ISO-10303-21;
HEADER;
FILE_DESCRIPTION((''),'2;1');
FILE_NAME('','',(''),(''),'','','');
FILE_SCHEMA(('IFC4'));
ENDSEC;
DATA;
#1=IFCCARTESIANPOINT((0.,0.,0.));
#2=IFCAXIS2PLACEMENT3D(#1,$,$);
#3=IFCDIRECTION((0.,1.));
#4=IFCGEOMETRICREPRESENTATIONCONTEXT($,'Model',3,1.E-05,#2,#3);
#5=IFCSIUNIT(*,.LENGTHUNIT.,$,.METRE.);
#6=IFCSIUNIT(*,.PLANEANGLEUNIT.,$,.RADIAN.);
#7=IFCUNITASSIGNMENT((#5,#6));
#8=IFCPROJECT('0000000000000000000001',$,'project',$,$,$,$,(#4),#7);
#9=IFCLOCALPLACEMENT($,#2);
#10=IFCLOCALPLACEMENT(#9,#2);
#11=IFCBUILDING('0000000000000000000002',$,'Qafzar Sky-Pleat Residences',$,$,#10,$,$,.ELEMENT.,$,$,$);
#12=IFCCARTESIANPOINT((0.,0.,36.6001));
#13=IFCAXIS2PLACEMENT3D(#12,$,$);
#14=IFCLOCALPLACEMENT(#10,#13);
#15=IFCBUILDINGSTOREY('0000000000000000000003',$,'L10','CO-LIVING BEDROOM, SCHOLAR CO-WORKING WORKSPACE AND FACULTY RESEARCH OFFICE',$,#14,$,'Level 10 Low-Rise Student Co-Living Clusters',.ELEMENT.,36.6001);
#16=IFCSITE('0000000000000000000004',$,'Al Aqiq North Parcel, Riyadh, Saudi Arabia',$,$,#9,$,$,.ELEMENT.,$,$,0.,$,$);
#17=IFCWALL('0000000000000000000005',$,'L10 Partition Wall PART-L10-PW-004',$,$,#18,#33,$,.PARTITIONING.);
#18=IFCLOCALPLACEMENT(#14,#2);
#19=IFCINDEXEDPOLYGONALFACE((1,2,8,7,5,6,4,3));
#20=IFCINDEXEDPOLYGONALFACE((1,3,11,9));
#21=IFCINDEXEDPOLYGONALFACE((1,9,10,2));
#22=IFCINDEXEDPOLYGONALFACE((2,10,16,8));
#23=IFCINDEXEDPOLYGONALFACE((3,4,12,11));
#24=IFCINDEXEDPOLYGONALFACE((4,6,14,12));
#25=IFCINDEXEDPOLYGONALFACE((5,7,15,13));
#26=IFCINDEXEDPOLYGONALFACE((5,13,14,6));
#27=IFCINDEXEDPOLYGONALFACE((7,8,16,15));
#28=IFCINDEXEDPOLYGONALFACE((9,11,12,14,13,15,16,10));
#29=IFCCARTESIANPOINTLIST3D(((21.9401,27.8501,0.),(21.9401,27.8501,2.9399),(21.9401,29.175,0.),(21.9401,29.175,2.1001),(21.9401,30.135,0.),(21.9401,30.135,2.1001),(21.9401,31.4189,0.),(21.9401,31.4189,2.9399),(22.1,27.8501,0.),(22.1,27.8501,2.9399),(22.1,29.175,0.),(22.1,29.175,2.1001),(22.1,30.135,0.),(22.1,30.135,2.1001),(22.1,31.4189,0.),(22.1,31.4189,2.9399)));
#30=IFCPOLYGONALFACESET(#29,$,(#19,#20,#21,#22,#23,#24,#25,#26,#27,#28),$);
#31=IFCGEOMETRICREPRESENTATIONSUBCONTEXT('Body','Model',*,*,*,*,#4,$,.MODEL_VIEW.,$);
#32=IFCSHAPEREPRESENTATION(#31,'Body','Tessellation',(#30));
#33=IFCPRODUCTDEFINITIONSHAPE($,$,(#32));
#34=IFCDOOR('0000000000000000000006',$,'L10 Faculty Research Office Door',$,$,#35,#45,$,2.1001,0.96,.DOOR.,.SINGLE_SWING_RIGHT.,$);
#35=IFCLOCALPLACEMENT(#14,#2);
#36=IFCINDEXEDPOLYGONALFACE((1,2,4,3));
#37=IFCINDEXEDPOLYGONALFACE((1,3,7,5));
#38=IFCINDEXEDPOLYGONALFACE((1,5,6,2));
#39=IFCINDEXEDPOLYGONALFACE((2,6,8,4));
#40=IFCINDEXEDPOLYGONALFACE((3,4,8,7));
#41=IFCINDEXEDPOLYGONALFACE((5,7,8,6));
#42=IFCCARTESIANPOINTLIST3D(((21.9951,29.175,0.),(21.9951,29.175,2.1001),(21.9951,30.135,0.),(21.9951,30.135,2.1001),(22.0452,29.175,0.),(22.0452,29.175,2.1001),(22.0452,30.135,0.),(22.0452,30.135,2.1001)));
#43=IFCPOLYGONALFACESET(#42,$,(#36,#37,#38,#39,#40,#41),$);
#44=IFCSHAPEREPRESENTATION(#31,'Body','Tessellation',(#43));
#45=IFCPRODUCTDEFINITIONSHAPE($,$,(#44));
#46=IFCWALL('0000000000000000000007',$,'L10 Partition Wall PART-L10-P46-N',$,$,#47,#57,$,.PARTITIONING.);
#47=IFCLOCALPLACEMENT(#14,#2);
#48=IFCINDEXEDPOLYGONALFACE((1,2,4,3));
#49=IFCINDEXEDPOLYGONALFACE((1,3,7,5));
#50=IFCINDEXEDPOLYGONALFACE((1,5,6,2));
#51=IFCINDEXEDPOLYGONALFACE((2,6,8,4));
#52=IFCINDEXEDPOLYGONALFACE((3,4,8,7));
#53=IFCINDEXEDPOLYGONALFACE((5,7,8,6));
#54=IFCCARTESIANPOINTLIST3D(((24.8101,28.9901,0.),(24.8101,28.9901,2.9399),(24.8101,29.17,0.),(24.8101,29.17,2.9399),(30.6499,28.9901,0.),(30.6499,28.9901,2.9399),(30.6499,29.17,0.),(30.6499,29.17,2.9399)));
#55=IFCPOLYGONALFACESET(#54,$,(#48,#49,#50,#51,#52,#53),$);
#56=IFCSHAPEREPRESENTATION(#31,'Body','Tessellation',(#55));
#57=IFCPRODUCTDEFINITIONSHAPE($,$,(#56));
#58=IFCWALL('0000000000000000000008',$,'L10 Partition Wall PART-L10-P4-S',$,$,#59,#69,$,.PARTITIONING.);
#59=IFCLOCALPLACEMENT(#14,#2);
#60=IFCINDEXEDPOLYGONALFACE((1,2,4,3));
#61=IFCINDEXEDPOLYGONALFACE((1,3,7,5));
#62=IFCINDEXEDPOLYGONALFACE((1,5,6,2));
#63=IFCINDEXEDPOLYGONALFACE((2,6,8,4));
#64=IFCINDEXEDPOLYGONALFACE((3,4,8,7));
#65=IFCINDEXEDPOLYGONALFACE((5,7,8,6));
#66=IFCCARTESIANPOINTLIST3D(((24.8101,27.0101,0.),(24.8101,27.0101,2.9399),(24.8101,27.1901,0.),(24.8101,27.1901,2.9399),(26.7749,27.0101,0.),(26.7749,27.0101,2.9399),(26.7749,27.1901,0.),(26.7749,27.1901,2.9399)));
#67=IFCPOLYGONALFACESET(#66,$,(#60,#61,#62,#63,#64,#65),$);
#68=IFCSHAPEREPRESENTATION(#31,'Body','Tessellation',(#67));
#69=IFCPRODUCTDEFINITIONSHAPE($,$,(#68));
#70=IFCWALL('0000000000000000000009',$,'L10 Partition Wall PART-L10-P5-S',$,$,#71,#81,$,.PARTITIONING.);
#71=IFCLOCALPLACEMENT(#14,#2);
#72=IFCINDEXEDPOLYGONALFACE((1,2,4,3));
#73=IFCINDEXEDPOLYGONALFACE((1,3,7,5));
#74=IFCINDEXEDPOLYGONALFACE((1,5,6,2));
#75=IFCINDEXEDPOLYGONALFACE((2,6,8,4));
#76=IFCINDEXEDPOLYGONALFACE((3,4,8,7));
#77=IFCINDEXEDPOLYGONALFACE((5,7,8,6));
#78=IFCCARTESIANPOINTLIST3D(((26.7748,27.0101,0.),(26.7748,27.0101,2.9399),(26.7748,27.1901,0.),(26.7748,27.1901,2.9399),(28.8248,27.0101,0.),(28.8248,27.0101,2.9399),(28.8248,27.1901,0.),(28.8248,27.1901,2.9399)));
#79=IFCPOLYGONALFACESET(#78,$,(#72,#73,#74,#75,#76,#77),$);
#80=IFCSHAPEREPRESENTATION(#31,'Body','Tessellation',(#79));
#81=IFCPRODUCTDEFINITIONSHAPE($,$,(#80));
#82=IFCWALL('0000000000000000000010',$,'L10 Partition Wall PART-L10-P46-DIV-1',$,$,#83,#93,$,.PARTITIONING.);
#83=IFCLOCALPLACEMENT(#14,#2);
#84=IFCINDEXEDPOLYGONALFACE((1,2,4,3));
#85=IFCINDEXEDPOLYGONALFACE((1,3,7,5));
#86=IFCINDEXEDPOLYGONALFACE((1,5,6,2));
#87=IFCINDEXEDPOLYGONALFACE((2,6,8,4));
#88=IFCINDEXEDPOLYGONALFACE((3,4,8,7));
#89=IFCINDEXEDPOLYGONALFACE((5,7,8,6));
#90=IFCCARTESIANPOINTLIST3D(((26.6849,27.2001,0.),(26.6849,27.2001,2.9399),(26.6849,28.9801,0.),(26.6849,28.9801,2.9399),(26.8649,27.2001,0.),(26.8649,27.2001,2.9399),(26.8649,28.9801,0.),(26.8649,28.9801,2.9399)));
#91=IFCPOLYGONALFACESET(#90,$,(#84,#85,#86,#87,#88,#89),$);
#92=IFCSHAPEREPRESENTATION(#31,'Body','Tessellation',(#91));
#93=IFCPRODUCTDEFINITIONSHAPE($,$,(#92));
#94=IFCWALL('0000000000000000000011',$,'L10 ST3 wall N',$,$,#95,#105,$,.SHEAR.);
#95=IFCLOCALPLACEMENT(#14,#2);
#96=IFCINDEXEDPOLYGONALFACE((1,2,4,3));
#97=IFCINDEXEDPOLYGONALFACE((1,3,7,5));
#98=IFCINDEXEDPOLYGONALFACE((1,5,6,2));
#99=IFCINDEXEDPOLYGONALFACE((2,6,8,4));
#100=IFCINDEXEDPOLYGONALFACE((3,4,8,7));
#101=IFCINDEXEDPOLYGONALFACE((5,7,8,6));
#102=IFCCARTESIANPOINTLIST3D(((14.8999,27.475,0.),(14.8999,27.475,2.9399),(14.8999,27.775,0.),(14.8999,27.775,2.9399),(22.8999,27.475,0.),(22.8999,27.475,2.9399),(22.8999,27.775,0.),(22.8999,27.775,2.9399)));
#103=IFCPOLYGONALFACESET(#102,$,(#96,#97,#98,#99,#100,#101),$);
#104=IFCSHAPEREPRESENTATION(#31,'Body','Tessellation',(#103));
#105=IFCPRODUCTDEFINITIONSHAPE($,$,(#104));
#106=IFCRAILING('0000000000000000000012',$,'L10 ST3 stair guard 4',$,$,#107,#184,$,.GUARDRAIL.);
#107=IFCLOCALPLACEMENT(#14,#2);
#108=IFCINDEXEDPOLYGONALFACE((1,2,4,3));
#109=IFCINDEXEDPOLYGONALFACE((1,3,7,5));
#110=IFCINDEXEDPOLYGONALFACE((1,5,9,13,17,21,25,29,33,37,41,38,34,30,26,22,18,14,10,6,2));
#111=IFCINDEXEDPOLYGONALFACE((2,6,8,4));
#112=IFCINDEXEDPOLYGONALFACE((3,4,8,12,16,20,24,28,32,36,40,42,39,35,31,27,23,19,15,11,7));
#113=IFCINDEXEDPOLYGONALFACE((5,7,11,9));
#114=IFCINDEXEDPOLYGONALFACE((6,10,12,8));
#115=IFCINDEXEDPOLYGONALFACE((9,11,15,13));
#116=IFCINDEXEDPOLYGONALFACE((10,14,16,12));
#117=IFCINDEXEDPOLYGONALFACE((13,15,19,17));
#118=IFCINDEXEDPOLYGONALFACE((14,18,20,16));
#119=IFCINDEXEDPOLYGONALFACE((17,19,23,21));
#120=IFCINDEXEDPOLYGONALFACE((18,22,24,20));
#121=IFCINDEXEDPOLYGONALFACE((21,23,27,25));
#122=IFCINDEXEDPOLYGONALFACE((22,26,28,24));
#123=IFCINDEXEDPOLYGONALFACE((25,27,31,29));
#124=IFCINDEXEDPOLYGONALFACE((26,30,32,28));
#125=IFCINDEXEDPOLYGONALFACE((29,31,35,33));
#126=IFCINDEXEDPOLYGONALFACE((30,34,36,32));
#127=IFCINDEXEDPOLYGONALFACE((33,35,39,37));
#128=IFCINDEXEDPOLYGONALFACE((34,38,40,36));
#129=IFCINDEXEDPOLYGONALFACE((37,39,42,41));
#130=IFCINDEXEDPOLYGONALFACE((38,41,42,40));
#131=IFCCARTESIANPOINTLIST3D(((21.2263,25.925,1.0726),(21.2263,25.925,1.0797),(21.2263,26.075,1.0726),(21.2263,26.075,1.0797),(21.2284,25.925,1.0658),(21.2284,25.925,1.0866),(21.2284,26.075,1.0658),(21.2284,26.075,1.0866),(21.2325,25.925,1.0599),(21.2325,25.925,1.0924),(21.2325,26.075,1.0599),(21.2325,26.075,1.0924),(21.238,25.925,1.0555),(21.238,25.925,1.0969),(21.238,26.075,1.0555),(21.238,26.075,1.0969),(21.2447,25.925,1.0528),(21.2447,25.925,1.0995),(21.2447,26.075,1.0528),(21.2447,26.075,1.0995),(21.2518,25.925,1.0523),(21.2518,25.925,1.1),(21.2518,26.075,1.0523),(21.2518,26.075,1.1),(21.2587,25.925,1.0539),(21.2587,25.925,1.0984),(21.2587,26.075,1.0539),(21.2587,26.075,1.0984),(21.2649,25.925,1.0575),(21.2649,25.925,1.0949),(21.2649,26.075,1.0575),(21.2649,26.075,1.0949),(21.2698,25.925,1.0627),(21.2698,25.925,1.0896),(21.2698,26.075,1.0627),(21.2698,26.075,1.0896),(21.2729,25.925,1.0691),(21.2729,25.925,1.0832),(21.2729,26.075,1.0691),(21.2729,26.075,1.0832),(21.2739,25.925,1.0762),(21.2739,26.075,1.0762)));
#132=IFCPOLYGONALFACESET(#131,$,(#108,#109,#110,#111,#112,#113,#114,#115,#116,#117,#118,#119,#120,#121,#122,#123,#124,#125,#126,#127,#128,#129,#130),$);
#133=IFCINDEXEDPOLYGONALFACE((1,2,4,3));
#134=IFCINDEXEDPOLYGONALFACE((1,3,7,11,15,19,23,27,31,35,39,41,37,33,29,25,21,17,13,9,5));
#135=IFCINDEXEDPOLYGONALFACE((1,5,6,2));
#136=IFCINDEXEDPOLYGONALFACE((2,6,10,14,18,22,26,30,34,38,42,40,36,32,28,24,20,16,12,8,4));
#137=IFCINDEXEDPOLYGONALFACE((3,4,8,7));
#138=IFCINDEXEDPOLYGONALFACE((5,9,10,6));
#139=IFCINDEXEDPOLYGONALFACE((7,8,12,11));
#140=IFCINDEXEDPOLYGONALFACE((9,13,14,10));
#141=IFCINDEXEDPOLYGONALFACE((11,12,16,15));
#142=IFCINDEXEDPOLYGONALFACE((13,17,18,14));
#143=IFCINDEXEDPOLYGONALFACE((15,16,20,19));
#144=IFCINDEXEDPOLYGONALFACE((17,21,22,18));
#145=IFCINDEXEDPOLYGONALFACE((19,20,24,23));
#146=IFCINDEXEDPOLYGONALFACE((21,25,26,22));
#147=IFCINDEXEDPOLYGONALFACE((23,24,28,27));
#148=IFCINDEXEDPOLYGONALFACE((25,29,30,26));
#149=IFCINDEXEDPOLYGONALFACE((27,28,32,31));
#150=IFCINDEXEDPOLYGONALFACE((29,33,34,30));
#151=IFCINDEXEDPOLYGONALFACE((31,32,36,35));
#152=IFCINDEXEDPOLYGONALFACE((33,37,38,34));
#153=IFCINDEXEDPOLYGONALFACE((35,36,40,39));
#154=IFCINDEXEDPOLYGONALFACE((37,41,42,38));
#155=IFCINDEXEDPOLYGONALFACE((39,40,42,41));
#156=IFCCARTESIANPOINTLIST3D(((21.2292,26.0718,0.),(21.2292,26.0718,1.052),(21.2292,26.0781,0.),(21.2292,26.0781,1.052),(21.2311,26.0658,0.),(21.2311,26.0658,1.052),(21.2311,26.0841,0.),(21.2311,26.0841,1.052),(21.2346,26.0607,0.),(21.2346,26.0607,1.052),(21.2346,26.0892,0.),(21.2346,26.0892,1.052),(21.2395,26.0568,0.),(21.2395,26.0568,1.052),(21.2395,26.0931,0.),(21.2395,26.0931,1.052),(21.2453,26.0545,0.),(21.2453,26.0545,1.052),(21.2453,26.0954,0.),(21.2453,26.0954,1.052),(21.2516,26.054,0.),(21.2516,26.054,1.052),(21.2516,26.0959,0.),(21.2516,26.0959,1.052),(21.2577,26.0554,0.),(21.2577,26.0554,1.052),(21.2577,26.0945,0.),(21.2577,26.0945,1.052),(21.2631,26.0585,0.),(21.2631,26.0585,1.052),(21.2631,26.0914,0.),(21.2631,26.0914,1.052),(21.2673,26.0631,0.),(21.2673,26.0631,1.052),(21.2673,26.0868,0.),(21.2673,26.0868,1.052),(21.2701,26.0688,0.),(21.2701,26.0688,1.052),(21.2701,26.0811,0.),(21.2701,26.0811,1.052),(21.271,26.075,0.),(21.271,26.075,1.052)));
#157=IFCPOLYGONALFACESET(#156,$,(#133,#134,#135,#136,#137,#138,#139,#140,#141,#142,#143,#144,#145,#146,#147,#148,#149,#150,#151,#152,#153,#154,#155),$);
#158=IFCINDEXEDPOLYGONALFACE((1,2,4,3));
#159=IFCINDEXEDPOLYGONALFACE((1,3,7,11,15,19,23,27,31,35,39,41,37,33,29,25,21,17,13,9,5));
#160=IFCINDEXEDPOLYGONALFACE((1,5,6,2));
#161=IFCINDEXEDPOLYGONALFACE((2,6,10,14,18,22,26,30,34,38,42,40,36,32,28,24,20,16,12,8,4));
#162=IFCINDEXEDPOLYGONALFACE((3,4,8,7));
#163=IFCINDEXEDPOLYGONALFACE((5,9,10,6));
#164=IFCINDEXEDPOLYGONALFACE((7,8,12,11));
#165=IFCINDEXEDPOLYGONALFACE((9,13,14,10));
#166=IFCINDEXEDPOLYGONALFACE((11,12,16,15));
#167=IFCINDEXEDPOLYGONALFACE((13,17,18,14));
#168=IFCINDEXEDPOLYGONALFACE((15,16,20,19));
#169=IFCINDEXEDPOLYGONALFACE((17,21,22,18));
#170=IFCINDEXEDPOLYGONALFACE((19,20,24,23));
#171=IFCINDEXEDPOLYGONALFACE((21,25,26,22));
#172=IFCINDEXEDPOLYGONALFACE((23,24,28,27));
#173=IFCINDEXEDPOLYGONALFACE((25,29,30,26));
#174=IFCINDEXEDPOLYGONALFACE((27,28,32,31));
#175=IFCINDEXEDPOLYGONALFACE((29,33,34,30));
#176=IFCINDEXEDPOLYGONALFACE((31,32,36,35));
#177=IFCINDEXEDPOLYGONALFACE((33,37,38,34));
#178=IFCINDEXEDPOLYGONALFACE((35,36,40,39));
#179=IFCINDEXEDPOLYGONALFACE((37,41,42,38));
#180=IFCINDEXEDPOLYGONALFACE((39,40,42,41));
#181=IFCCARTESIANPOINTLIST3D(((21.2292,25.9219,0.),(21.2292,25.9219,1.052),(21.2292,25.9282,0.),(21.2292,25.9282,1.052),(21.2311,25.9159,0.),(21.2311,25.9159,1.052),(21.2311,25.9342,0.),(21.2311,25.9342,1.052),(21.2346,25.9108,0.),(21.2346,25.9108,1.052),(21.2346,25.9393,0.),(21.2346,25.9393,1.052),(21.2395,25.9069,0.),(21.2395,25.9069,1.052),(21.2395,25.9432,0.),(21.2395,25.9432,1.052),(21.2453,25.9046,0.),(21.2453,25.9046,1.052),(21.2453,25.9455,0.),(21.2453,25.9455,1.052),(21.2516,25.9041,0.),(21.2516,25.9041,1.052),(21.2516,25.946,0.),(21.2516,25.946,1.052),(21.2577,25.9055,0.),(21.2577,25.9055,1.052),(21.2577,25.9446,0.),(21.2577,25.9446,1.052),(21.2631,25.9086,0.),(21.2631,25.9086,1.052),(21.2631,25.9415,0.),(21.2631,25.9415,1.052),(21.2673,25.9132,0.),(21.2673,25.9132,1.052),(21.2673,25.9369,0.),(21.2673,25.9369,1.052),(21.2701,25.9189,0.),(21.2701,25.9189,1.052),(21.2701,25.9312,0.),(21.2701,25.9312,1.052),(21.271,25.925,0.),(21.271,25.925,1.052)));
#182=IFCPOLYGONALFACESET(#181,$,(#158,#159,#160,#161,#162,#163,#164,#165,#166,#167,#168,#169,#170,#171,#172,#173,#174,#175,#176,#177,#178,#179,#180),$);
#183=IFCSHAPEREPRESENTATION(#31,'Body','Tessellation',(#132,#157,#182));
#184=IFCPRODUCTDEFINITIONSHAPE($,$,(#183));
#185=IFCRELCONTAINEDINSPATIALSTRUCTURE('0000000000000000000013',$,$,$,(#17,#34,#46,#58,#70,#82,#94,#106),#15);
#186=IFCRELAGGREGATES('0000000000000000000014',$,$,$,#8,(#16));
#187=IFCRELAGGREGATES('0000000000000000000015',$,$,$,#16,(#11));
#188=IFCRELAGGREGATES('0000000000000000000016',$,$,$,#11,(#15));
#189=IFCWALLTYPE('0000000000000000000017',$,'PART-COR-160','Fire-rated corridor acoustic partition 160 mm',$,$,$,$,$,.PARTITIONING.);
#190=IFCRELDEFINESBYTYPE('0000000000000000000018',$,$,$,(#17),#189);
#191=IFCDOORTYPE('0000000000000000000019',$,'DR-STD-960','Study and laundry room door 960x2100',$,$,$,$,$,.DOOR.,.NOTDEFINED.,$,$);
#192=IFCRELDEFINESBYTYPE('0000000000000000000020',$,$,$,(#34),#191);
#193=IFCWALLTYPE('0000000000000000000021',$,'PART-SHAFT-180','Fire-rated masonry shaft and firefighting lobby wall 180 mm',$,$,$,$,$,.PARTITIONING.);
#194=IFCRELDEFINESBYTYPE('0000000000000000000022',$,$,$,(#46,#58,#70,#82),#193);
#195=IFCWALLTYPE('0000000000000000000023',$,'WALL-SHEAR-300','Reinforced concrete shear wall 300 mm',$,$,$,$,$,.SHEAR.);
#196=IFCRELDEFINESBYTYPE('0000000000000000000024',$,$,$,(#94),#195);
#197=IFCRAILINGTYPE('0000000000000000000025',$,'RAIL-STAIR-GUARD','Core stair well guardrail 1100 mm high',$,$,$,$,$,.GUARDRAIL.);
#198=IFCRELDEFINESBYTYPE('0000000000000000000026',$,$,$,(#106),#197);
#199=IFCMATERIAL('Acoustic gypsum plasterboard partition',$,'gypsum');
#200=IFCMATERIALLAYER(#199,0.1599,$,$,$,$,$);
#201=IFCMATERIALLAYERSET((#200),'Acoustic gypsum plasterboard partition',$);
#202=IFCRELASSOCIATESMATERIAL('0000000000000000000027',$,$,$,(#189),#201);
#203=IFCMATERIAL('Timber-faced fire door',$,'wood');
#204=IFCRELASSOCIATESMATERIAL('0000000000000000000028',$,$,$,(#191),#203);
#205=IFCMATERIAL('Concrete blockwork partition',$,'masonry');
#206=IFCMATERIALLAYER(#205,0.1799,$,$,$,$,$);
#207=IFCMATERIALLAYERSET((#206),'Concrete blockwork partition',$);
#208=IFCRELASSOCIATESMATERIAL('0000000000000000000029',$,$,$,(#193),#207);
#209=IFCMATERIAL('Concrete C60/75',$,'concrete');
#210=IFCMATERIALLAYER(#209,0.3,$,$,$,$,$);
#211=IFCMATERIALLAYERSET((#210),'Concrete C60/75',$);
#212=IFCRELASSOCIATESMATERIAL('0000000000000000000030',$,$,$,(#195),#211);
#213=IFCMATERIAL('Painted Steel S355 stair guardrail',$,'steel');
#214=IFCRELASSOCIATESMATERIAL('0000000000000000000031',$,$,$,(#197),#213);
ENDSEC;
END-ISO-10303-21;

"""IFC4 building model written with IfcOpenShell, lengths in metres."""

from ifc_helpers import new_model, si_unit, direction, frame, frame_2d, origin, origin_2d, place, context, subcontext, project, spatial, rectangle, circle, extrude, source, transform, mapped, material, layer, layer_set, type_object, element, fill, save


model = new_model("IFC4")

# Units and contexts
model_context = context("Model", 3, precision=1e-05, world=origin(), true_north=direction((0.0, 1.0)))
body_context = subcontext(model_context, "Body", "Model", "MODEL_VIEW")
ifc_project = project(units=[si_unit("LENGTHUNIT", "METRE"), si_unit("PLANEANGLEUNIT", "RADIAN")], contexts=[model_context])

# Site, building, storey
site_placement = place(None, origin())
site = spatial("IfcSite", under=ifc_project, at=site_placement, Name="Al Aqiq North Parcel, Riyadh, Saudi Arabia", CompositionType="ELEMENT", RefElevation=0.0)
building_placement = place(site_placement, origin())
building = spatial("IfcBuilding", under=site, at=building_placement, Name="Qafzar Sky-Pleat Residences", CompositionType="ELEMENT")
storey_placement = place(building_placement, frame((0.0, 0.0, 36.6001)))
storey = spatial("IfcBuildingStorey", under=building, at=storey_placement, Name="L10", Description="CO-LIVING BEDROOM, SCHOLAR CO-WORKING WORKSPACE AND FACULTY RESEARCH OFFICE", LongName="Level 10 Low-Rise Student Co-Living Clusters", CompositionType="ELEMENT", Elevation=36.6001)

# Wall, opening, door
ifc_material_1 = material(Name="Acoustic gypsum plasterboard partition", Category="gypsum")
ifc_layer_1 = layer(ifc_material_1, 0.1599)
ifc_layer_set_1 = layer_set([ifc_layer_1], Name="Acoustic gypsum plasterboard partition")
wall_type_1 = type_object("IfcWallType", Name="PART-COR-160", Description="Fire-rated corridor acoustic partition 160 mm", PredefinedType="PARTITIONING", material=ifc_layer_set_1)
wall_1_placement = place(storey_placement, frame((22.02, 27.8501, 0.0), z_axis=(0.0, 0.0, 1.0), x_axis=(0.0, 1.0, 0.0)))
wall_1 = element("IfcWall", 1, at=wall_1_placement, inside=storey, type_object=wall_type_1, Name="L10 Partition Wall PART-L10-PW-004", PredefinedType="PARTITIONING", context=body_context, shape_type="SweptSolid", body=[
    extrude(rectangle(XDim=3.5688, YDim=0.1599, at=frame_2d((1.7844, 0.0))), origin(), (0.0, 0.0, 1.0), 2.9399),
])
opening_1_placement = place(wall_1_placement, frame((1.325, 0.0, 0.0)))
opening_1 = element("IfcOpeningElement", 2, at=opening_1_placement, cuts=wall_1, PredefinedType="OPENING", context=body_context, shape_type="SweptSolid", body=[
    extrude(rectangle(XDim=0.96, YDim=2.1001, at=frame_2d((0.48, 1.05))), frame((0.0, 0.0898, 0.0), z_axis=(0.0, -1.0, 0.0), x_axis=(1.0, 0.0, 0.0)), (0.0, 0.0, 1.0), 0.1799),
])
ifc_material_2 = material(Name="Timber-faced fire door", Category="wood")
door_type_1 = type_object("IfcDoorType", Name="DR-STD-960", Description="Study and laundry room door 960x2100", OperationType="NOTDEFINED", PredefinedType="DOOR", material=ifc_material_2)
shared_shape_1 = source(origin(), body_context, "Body", "SweptSolid", [
    extrude(rectangle(XDim=0.96, YDim=2.1001, at=frame_2d((0.48, 1.05))), frame((0.0, 0.0249, 0.0), z_axis=(0.0, -1.0, 0.0), x_axis=(1.0, 0.0, 0.0)), (0.0, 0.0, 1.0), 0.05),
])
door_1_placement = place(opening_1_placement, origin())
door_1 = element("IfcDoor", 3, at=door_1_placement, inside=storey, type_object=door_type_1, Name="L10 Faculty Research Office Door", OperationType="SINGLE_SWING_RIGHT", OverallHeight=2.1001, OverallWidth=0.96, PredefinedType="DOOR", context=body_context, shape_type="MappedRepresentation", body=[
    mapped(shared_shape_1, transform((0.0, 0.0, 0.0), x_axis=(1.0, 0.0, 0.0), y_axis=(0.0, 1.0, 0.0), z_axis=(0.0, 0.0, 1.0), scale=1.0)),
])
fill(opening_1, door_1)
ifc_material_3 = material(Name="Concrete blockwork partition", Category="masonry")
ifc_layer_2 = layer(ifc_material_3, 0.1799)
ifc_layer_set_2 = layer_set([ifc_layer_2], Name="Concrete blockwork partition")
wall_type_2 = type_object("IfcWallType", Name="PART-SHAFT-180", Description="Fire-rated masonry shaft and firefighting lobby wall 180 mm", PredefinedType="PARTITIONING", material=ifc_layer_set_2)

# Walls
wall_2_placement = place(storey_placement, frame((24.8101, 29.0801, 0.0), z_axis=(0.0, 0.0, 1.0), x_axis=(1.0, 0.0, 0.0)))
element("IfcWall", 4, at=wall_2_placement, inside=storey, type_object=wall_type_2, Name="L10 Partition Wall PART-L10-P46-N", PredefinedType="PARTITIONING", context=body_context, shape_type="SweptSolid", body=[
    extrude(rectangle(XDim=5.8398, YDim=0.1799, at=frame_2d((2.9199, 0.0))), origin(), (0.0, 0.0, 1.0), 2.9399),
])
wall_3_placement = place(storey_placement, frame((24.8101, 27.1001, 0.0), z_axis=(0.0, 0.0, 1.0), x_axis=(1.0, 0.0, 0.0)))
element("IfcWall", 5, at=wall_3_placement, inside=storey, type_object=wall_type_2, Name="L10 Partition Wall PART-L10-P4-S", PredefinedType="PARTITIONING", context=body_context, shape_type="SweptSolid", body=[
    extrude(rectangle(XDim=1.9648, YDim=0.1799, at=frame_2d((0.9824, 0.0))), origin(), (0.0, 0.0, 1.0), 2.9399),
])
wall_4_placement = place(storey_placement, frame((26.7749, 27.1001, 0.0), z_axis=(0.0, 0.0, 1.0), x_axis=(1.0, 0.0, 0.0)))
element("IfcWall", 6, at=wall_4_placement, inside=storey, type_object=wall_type_2, Name="L10 Partition Wall PART-L10-P5-S", PredefinedType="PARTITIONING", context=body_context, shape_type="SweptSolid", body=[
    extrude(rectangle(XDim=2.05, YDim=0.1799, at=frame_2d((1.0249, 0.0))), origin(), (0.0, 0.0, 1.0), 2.9399),
])
wall_5_placement = place(storey_placement, frame((26.7749, 27.2, 0.0), z_axis=(0.0, 0.0, 1.0), x_axis=(0.0, 1.0, 0.0)))
element("IfcWall", 7, at=wall_5_placement, inside=storey, type_object=wall_type_2, Name="L10 Partition Wall PART-L10-P46-DIV-1", PredefinedType="PARTITIONING", context=body_context, shape_type="SweptSolid", body=[
    extrude(rectangle(XDim=1.78, YDim=0.1799, at=frame_2d((0.8901, 0.0))), origin(), (0.0, 0.0, 1.0), 2.9399),
])
ifc_material_4 = material(Name="Concrete C60/75", Category="concrete")
ifc_layer_3 = layer(ifc_material_4, 0.3)
ifc_layer_set_3 = layer_set([ifc_layer_3], Name="Concrete C60/75")
wall_type_3 = type_object("IfcWallType", Name="WALL-SHEAR-300", Description="Reinforced concrete shear wall 300 mm", PredefinedType="SHEAR", material=ifc_layer_set_3)
wall_6_placement = place(storey_placement, frame((22.8999, 27.625, 0.0), z_axis=(0.0, 0.0, 1.0), x_axis=(-1.0, 0.0, 0.0)))
element("IfcWall", 8, at=wall_6_placement, inside=storey, type_object=wall_type_3, Name="L10 ST3 wall N", PredefinedType="SHEAR", context=body_context, shape_type="SweptSolid", body=[
    extrude(rectangle(XDim=8.0, YDim=0.3, at=frame_2d((4.0, 0.0))), origin(), (0.0, 0.0, 1.0), 2.9399),
])

# Railing
ifc_material_5 = material(Name="Painted Steel S355 stair guardrail", Category="steel")
railing_type_1 = type_object("IfcRailingType", Name="RAIL-STAIR-GUARD", Description="Core stair well guardrail 1100 mm high", PredefinedType="GUARDRAIL", material=ifc_material_5)
shared_shape_2 = source(origin(), body_context, "Body", "SweptSolid", [
    extrude(circle(Radius=0.0239, at=origin_2d()), frame((0.0, 0.0, 1.0762), z_axis=(0.0, -1.0, 0.0), x_axis=(1.0, 0.0, 0.0)), (0.0, 0.0, 1.0), 0.1499),
    extrude(circle(Radius=0.021, at=origin_2d()), origin(), (0.0, 0.0, 1.0), 1.052),
    extrude(circle(Radius=0.021, at=origin_2d()), frame((0.0, -0.1499, 0.0)), (0.0, 0.0, 1.0), 1.052),
])
railing_1_placement = place(storey_placement, frame((21.25, 26.075, 0.0)))
element("IfcRailing", 9, at=railing_1_placement, inside=storey, type_object=railing_type_1, Name="L10 ST3 stair guard 4", PredefinedType="GUARDRAIL", context=body_context, shape_type="MappedRepresentation", body=[
    mapped(shared_shape_2, transform((0.0, 0.0, 0.0), x_axis=(1.0, 0.0, 0.0), y_axis=(0.0, 1.0, 0.0), z_axis=(0.0, 0.0, 1.0), scale=1.0)),
])

save(model, "model.ifc")
